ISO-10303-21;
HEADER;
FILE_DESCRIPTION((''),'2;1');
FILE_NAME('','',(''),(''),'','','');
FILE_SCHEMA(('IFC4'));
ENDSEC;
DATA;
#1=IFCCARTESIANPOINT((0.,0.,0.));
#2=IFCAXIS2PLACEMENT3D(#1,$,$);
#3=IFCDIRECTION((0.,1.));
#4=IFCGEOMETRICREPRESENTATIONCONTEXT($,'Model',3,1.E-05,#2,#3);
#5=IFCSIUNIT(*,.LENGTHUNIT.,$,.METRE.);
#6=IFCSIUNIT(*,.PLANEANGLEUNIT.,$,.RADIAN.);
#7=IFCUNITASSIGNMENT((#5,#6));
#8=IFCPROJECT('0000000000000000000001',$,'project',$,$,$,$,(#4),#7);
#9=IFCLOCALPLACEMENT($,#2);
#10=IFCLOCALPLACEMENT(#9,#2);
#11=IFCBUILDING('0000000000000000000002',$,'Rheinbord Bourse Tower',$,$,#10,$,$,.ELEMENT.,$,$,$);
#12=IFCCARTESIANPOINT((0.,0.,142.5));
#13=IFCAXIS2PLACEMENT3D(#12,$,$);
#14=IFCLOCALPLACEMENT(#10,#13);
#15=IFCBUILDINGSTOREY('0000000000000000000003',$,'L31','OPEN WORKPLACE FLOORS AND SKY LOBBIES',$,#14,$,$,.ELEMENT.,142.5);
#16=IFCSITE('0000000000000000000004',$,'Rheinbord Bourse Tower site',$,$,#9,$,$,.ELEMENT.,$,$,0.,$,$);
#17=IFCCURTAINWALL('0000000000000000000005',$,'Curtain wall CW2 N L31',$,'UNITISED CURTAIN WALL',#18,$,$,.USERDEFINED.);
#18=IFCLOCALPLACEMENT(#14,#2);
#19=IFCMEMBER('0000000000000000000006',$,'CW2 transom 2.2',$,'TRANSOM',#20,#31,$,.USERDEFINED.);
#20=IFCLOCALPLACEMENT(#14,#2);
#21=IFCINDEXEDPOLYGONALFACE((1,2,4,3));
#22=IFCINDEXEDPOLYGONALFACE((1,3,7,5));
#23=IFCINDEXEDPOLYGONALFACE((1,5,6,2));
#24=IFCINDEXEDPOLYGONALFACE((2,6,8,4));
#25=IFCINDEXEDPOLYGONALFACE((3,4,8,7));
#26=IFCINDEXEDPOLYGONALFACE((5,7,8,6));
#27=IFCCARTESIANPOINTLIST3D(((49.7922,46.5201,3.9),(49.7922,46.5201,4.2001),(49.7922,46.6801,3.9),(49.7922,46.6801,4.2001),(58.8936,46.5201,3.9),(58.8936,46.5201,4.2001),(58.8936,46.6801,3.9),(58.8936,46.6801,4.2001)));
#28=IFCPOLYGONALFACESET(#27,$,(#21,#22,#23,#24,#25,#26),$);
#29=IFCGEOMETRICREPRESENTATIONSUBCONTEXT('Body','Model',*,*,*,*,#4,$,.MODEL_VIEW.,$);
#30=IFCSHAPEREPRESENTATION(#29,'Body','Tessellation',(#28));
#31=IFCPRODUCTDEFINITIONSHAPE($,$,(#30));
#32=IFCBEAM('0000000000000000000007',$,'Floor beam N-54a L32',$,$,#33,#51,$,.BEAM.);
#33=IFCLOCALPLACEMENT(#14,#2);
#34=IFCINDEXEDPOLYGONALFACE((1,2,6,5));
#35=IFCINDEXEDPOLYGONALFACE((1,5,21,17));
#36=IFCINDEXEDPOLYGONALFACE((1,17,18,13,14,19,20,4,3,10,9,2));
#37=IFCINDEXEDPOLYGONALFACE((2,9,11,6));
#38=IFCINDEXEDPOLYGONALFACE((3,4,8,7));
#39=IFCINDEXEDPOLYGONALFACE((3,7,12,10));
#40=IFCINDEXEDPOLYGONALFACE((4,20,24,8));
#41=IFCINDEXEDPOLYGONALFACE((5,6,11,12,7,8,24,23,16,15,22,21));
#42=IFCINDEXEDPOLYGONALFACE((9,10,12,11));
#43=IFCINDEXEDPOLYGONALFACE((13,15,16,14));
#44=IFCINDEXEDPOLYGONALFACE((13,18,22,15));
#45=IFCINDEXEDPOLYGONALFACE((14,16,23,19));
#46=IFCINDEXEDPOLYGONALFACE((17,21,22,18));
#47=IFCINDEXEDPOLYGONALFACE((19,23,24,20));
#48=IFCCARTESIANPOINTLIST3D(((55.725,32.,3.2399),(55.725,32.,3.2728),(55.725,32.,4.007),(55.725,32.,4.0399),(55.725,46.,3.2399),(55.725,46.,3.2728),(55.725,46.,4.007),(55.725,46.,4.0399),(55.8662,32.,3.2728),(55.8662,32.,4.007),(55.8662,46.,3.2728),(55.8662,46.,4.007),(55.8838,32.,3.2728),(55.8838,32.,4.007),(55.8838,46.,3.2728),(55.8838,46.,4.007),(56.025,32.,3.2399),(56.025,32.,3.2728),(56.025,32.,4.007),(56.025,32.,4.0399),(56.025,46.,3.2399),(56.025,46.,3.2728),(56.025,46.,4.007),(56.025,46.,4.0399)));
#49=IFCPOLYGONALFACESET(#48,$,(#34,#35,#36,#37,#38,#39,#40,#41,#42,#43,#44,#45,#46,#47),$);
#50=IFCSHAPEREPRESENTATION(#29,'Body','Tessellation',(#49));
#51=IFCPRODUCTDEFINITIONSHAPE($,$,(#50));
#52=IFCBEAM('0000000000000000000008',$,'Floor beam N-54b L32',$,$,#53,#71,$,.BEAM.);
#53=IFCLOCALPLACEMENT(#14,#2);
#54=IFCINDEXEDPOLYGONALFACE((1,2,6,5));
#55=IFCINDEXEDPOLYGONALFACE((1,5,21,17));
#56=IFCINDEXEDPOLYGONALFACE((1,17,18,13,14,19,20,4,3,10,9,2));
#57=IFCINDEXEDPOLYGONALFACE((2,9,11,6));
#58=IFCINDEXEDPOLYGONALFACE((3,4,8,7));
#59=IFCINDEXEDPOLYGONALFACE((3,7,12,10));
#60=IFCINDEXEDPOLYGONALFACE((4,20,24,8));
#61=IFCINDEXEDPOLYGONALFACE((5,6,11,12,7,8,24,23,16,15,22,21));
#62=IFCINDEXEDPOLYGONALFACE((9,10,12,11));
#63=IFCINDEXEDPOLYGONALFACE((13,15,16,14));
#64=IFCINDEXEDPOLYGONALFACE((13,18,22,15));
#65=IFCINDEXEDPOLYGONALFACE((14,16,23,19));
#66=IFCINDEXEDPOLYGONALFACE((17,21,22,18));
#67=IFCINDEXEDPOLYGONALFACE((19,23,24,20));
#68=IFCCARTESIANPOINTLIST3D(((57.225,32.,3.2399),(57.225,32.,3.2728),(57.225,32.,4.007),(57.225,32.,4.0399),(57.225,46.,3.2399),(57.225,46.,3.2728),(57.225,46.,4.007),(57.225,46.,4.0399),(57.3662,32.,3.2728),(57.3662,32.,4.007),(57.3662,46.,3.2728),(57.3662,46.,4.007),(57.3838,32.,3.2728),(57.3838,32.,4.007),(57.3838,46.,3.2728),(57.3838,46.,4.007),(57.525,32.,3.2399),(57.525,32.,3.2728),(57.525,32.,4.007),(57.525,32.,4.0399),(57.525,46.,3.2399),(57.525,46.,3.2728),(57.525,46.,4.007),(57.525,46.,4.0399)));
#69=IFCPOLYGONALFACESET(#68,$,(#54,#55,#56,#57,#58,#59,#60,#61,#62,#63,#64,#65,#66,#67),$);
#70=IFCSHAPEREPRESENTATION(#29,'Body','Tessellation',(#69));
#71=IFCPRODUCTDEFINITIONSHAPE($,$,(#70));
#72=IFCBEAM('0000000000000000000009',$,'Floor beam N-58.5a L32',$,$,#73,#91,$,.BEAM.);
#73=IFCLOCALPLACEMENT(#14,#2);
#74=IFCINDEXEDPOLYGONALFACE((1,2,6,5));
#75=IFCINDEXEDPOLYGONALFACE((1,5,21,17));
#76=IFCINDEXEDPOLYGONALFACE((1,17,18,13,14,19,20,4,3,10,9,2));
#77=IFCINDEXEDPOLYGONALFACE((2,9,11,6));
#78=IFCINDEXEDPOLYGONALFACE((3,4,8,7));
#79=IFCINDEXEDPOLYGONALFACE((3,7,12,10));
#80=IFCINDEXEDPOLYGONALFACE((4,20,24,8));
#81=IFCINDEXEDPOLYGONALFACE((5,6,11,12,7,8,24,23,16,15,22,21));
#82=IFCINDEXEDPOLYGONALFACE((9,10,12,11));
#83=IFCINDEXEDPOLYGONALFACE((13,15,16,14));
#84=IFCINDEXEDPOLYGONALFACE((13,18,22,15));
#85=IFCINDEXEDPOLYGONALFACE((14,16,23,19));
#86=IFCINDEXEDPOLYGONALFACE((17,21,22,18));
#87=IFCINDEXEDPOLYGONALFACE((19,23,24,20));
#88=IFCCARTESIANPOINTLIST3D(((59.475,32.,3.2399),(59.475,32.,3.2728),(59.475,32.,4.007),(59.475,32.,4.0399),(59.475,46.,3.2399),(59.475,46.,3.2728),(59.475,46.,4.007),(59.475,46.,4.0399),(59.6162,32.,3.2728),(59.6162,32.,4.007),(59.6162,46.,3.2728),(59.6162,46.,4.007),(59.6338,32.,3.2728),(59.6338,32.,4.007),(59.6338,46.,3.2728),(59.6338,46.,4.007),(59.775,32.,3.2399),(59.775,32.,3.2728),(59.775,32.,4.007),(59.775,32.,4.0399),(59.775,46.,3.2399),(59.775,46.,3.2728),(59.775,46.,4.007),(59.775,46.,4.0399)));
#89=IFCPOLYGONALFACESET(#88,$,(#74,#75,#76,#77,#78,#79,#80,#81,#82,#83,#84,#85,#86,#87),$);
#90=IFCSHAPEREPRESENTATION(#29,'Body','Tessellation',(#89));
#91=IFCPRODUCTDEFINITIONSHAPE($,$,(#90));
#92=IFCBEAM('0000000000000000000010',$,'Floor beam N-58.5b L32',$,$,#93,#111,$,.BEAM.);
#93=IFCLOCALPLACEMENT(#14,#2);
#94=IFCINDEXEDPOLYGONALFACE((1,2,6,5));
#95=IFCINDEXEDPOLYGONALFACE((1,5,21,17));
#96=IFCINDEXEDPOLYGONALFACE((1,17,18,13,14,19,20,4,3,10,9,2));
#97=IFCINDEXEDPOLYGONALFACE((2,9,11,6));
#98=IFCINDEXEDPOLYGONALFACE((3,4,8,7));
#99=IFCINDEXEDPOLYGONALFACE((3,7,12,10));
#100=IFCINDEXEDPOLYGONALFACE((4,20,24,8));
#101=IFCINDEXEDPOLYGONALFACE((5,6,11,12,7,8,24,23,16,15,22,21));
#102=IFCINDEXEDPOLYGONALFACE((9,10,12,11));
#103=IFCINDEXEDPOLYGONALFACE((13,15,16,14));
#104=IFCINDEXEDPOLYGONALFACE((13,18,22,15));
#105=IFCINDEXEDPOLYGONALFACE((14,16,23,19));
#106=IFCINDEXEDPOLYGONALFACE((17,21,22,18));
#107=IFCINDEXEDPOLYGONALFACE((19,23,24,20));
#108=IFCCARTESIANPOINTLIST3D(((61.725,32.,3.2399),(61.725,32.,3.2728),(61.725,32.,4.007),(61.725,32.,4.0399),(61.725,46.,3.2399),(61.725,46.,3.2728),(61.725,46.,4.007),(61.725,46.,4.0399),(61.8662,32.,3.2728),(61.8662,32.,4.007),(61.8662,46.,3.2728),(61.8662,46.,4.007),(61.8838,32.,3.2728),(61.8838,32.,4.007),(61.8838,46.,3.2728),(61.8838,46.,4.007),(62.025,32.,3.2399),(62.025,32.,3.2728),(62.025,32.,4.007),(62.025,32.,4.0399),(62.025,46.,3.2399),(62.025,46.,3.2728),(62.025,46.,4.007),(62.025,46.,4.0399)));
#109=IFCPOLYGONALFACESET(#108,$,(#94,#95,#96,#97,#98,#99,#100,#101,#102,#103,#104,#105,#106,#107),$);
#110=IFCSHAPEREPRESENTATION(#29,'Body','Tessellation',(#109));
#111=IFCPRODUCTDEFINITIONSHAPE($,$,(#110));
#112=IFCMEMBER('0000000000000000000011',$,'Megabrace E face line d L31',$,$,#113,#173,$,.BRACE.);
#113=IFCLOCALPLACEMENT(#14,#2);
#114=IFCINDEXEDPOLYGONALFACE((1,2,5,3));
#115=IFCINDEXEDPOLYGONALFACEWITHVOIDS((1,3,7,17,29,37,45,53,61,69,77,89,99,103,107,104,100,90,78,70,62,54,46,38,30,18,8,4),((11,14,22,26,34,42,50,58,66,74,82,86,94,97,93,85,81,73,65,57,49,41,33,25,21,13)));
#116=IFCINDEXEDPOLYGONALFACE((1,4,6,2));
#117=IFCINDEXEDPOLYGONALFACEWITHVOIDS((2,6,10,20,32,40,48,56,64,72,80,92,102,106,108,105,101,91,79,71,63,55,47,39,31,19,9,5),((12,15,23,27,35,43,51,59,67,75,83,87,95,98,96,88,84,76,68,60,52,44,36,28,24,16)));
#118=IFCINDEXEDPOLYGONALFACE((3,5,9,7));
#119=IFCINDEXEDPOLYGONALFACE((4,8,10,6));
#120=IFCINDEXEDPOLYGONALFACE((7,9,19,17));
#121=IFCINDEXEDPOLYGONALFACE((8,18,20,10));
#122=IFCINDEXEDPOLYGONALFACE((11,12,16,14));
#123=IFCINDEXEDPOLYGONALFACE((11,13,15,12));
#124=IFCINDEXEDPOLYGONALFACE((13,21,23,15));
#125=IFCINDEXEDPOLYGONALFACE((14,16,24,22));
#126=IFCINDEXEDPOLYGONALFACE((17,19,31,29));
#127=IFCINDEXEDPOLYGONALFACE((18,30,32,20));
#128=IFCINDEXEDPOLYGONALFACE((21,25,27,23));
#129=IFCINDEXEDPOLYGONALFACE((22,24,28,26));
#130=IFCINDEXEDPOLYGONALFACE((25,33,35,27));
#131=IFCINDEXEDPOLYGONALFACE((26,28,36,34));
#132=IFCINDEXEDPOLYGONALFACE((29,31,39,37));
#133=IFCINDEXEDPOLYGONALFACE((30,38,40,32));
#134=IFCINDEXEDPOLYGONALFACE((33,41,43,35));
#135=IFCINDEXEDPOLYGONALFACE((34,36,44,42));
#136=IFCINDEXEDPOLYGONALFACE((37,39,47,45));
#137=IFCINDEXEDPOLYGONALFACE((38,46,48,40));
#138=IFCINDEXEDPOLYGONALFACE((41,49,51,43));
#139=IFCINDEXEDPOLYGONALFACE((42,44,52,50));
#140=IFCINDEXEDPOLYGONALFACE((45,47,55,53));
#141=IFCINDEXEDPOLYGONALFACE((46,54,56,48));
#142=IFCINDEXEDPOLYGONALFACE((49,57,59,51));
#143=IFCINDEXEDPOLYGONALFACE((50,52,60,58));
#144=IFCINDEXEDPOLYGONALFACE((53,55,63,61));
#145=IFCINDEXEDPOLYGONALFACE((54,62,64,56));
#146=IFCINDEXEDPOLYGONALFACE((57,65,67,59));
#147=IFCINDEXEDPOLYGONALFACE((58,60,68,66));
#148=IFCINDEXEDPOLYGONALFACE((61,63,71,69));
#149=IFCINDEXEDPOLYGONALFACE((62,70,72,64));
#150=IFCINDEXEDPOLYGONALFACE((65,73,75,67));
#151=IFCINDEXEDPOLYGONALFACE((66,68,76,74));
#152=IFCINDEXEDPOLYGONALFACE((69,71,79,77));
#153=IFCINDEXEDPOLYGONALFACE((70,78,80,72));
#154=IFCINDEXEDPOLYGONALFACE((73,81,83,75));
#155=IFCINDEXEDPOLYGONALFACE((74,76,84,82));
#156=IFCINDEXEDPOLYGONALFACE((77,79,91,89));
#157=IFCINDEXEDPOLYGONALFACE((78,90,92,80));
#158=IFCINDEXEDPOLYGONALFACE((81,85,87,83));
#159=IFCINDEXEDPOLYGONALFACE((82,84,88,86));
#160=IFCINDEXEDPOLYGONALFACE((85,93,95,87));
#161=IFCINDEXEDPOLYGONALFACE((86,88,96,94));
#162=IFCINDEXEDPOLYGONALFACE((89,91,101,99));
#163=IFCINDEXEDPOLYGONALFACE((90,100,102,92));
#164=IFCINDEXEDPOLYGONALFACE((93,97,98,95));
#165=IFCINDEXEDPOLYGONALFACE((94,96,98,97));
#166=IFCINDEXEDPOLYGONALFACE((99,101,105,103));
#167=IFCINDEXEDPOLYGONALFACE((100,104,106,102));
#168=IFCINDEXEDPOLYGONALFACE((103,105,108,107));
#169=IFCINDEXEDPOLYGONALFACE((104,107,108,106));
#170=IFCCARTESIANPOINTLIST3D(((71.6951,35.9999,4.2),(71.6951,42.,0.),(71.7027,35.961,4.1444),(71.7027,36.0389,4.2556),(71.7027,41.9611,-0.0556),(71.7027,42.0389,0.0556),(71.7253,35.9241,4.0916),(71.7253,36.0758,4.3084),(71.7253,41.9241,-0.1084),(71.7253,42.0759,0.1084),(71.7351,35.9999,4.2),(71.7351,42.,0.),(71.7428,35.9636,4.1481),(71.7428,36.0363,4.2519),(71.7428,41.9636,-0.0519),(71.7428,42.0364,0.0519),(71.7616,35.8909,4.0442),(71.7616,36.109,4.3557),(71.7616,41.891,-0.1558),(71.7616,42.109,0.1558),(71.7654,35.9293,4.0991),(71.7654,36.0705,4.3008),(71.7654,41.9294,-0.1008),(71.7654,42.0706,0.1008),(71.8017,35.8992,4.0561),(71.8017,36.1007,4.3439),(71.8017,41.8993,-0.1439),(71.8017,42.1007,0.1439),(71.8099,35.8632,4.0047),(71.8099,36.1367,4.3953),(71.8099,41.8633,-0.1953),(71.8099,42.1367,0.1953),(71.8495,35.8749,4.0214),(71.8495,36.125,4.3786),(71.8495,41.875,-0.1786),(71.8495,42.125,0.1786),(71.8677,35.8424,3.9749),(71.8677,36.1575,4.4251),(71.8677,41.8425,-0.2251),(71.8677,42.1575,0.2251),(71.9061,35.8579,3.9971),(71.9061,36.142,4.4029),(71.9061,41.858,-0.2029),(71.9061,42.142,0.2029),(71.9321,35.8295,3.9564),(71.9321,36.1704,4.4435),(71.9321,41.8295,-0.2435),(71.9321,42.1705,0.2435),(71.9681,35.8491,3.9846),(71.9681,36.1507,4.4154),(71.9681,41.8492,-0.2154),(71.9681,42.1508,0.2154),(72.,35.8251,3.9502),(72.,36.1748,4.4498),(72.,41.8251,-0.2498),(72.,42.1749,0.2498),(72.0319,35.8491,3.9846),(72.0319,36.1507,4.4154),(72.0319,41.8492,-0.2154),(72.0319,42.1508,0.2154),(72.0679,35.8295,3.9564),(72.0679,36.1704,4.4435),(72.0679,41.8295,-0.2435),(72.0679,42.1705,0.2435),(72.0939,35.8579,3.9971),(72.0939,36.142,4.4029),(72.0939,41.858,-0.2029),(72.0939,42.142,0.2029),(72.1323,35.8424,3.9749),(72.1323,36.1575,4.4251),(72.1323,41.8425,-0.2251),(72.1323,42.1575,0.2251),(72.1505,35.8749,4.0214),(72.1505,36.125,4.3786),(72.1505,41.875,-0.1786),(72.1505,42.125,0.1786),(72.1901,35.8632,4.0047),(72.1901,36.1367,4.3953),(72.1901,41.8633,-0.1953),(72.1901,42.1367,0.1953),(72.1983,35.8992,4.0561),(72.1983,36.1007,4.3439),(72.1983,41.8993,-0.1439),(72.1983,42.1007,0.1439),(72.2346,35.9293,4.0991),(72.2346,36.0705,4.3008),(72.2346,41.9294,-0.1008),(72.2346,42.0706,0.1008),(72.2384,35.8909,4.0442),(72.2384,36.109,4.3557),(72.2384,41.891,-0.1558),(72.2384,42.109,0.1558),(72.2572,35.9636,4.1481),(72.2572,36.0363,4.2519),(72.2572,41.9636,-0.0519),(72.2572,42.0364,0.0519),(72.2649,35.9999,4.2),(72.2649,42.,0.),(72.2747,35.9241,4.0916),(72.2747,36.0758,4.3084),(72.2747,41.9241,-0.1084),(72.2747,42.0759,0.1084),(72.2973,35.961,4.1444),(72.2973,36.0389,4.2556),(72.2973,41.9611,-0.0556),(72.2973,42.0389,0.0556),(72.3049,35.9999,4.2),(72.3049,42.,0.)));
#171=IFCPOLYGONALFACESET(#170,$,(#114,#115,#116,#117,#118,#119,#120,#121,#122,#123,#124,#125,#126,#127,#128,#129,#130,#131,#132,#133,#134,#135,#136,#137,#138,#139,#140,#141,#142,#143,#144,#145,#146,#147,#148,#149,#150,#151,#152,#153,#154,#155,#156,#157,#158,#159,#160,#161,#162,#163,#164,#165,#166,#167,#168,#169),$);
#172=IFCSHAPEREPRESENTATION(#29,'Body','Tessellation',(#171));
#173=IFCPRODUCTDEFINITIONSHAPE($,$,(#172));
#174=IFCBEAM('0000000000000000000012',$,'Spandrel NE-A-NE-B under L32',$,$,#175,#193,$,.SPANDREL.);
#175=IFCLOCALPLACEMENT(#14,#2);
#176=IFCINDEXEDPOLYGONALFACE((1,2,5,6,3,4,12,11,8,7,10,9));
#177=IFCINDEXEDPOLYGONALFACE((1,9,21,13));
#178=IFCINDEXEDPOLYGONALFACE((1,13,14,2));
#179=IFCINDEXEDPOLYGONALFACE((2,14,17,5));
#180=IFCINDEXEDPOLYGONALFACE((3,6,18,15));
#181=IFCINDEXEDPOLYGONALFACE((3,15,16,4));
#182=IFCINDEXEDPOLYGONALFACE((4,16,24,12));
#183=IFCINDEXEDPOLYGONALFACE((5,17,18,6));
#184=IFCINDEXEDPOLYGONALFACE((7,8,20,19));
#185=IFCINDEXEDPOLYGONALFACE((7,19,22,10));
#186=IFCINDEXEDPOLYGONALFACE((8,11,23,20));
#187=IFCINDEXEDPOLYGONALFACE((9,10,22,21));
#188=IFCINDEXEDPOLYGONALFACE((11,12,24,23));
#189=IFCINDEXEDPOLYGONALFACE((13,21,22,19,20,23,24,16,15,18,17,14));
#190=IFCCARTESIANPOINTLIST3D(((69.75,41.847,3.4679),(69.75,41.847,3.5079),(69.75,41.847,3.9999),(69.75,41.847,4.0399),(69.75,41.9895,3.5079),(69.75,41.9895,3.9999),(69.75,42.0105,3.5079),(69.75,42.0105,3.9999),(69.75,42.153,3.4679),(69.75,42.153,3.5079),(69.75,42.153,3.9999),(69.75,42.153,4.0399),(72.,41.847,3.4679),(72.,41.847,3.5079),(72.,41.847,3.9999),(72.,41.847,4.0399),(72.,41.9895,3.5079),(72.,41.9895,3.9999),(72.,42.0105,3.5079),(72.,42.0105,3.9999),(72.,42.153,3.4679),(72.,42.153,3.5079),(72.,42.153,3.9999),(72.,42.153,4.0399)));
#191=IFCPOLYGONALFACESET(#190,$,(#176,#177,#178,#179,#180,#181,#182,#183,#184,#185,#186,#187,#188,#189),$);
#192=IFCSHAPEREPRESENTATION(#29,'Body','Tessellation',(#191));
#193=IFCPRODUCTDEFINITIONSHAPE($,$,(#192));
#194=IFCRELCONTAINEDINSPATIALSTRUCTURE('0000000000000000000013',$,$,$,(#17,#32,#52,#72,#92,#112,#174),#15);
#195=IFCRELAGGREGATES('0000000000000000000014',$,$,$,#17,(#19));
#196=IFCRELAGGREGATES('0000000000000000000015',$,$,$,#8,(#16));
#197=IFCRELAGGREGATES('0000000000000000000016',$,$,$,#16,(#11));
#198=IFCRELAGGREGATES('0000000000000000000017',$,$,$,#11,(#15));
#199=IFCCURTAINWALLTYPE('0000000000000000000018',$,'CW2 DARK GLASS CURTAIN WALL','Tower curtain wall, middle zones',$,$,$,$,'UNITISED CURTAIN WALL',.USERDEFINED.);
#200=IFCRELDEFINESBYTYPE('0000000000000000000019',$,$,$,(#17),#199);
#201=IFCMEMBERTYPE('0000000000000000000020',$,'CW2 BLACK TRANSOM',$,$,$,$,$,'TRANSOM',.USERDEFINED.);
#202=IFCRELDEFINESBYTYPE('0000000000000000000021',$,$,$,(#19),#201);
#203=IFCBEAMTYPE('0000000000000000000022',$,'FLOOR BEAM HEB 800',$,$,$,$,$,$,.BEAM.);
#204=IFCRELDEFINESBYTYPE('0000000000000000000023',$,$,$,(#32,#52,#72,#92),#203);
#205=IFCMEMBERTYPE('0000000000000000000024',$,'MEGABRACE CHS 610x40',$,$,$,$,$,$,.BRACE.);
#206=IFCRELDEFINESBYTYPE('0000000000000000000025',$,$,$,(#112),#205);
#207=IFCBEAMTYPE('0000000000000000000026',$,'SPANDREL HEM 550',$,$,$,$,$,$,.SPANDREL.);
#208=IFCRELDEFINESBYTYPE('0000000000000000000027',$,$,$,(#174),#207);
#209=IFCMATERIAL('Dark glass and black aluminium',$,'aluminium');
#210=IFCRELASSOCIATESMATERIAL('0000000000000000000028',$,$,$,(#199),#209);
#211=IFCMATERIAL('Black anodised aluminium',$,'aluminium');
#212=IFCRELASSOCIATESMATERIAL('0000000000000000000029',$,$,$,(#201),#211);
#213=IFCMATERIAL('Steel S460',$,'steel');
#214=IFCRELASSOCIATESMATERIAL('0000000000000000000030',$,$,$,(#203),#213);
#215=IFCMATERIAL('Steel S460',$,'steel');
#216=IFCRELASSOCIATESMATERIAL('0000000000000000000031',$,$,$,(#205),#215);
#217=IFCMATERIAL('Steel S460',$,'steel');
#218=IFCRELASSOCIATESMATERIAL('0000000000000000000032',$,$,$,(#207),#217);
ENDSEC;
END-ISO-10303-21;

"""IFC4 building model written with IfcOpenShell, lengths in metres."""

from ifc_helpers import new_model, si_unit, direction, frame, origin, origin_2d, place, context, subcontext, project, spatial, rectangle, hollow_circle, i_section, extrude, material, material_profile, profile_set, type_object, element, aggregate, save


model = new_model("IFC4")

# Units and contexts
model_context = context("Model", 3, precision=1e-05, world=origin(), true_north=direction((0.0, 1.0)))
body_context = subcontext(model_context, "Body", "Model", "MODEL_VIEW")
ifc_project = project(units=[si_unit("LENGTHUNIT", "METRE"), si_unit("PLANEANGLEUNIT", "RADIAN")], contexts=[model_context])

# Site, building, storey
site_placement = place(None, origin())
site = spatial("IfcSite", under=ifc_project, at=site_placement, Name="Rheinbord Bourse Tower site", CompositionType="ELEMENT", RefElevation=0.0)
building_placement = place(site_placement, origin())
building = spatial("IfcBuilding", under=site, at=building_placement, Name="Rheinbord Bourse Tower", CompositionType="ELEMENT")
storey_placement = place(building_placement, frame((0.0, 0.0, 142.5)))
storey = spatial("IfcBuildingStorey", under=building, at=storey_placement, Name="L31", Description="OPEN WORKPLACE FLOORS AND SKY LOBBIES", CompositionType="ELEMENT", Elevation=142.5)

# Curtain wall, member
ifc_material_1 = material(Name="Dark glass and black aluminium", Category="aluminium")
curtain_wall_type = type_object("IfcCurtainWallType", Name="CW2 DARK GLASS CURTAIN WALL", Description="Tower curtain wall, middle zones", ElementType="UNITISED CURTAIN WALL", PredefinedType="USERDEFINED", material=ifc_material_1)
curtain_wall_1_placement = place(storey_placement, origin())
curtain_wall_1 = element("IfcCurtainWall", 1, at=curtain_wall_1_placement, inside=storey, type_object=curtain_wall_type, Name="Curtain wall CW2 N L31", ObjectType="UNITISED CURTAIN WALL", PredefinedType="USERDEFINED")
ifc_material_2 = material(Name="Black anodised aluminium", Category="aluminium")
ifc_material_profile_1 = material_profile(ifc_material_2, rectangle(XDim=0.1599, YDim=0.3, at=origin_2d()), Name="CW2 TRANSOM 300x160")
ifc_profile_set_1 = profile_set([ifc_material_profile_1], Name="Black anodised aluminium")
member_type_1 = type_object("IfcMemberType", Name="CW2 BLACK TRANSOM", ElementType="TRANSOM", PredefinedType="USERDEFINED", material=ifc_profile_set_1)
member_1_placement = place(storey_placement, frame((58.8936, 46.6001, 4.05), z_axis=(-1.0, 0.0, 0.0), x_axis=(0.0, -1.0, 0.0)))
member_1 = element("IfcMember", 2, at=member_1_placement, type_object=member_type_1, Name="CW2 transom 2.2", ObjectType="TRANSOM", PredefinedType="USERDEFINED", context=body_context, shape_type="SweptSolid", body=[
    extrude(rectangle(XDim=0.1599, YDim=0.3, at=origin_2d()), origin(), (0.0, 0.0, 1.0), 9.1013),
])

# Beams
ifc_material_3 = material(Name="Steel S460", Category="steel")
ifc_material_profile_2 = material_profile(ifc_material_3, i_section(OverallWidth=0.3, OverallDepth=0.8, WebThickness=0.0176, FlangeThickness=0.033, at=origin_2d()), Name="HEB 800")
ifc_profile_set_2 = profile_set([ifc_material_profile_2], Name="Steel S460")
beam_type_1 = type_object("IfcBeamType", Name="FLOOR BEAM HEB 800", PredefinedType="BEAM", material=ifc_profile_set_2)
for number, where, z_axis, x_axis, name in (
    (3, (55.875, 46.0, 3.6399), (0.0, -1.0, 0.0), (1.0, 0.0, 0.0), "Floor beam N-54a L32"),
    (4, (57.375, 46.0, 3.6399), (0.0, -1.0, 0.0), (1.0, 0.0, 0.0), "Floor beam N-54b L32"),
    (5, (59.625, 46.0, 3.6399), (0.0, -1.0, 0.0), (1.0, 0.0, 0.0), "Floor beam N-58.5a L32"),
    (6, (61.875, 46.0, 3.6399), (0.0, -1.0, 0.0), (1.0, 0.0, 0.0), "Floor beam N-58.5b L32"),
):
    element("IfcBeam", number, at=place(storey_placement, frame(where, z_axis=z_axis, x_axis=x_axis)), inside=storey, type_object=beam_type_1, Name=name, PredefinedType="BEAM", context=body_context, shape_type="SweptSolid", body=[
        extrude(i_section(OverallWidth=0.3, OverallDepth=0.8, WebThickness=0.0176, FlangeThickness=0.033, at=origin_2d()), origin(), (0.0, 0.0, 1.0), 14.0),
    ])

# Member
ifc_material_4 = material(Name="Steel S460", Category="steel")
ifc_material_profile_3 = material_profile(ifc_material_4, hollow_circle(Radius=0.3049, WallThickness=0.04, at=origin_2d()), Name="CHS 610x40")
ifc_profile_set_3 = profile_set([ifc_material_profile_3], Name="Steel S460")
member_type_2 = type_object("IfcMemberType", Name="MEGABRACE CHS 610x40", PredefinedType="BRACE", material=ifc_profile_set_3)
member_2_placement = place(storey_placement, frame((72.0, 42.0, 0.0), z_axis=(0.0, -0.819235, 0.573458), x_axis=(1.0, 0.0, 0.0)))
element("IfcMember", 7, at=member_2_placement, inside=storey, type_object=member_type_2, Name="Megabrace E face line d L31", PredefinedType="BRACE", context=body_context, shape_type="SweptSolid", body=[
    extrude(hollow_circle(Radius=0.3049, WallThickness=0.04, at=origin_2d()), origin(), (0.0, 0.0, 1.0), 7.324),
])

# Beam
ifc_material_5 = material(Name="Steel S460", Category="steel")
ifc_material_profile_4 = material_profile(ifc_material_5, i_section(OverallWidth=0.3059, OverallDepth=0.572, WebThickness=0.021, FlangeThickness=0.04, at=origin_2d()), Name="HEM 550")
ifc_profile_set_4 = profile_set([ifc_material_profile_4], Name="Steel S460")
beam_type_2 = type_object("IfcBeamType", Name="SPANDREL HEM 550", PredefinedType="SPANDREL", material=ifc_profile_set_4)
beam_1_placement = place(storey_placement, frame((72.0, 42.0, 3.7539), z_axis=(-1.0, 0.0, 0.0), x_axis=(0.0, -1.0, 0.0)))
element("IfcBeam", 8, at=beam_1_placement, inside=storey, type_object=beam_type_2, Name="Spandrel NE-A-NE-B under L32", PredefinedType="SPANDREL", context=body_context, shape_type="SweptSolid", body=[
    extrude(i_section(OverallWidth=0.3059, OverallDepth=0.572, WebThickness=0.021, FlangeThickness=0.04, at=origin_2d()), origin(), (0.0, 0.0, 1.0), 2.25),
])

aggregate(curtain_wall_1, [member_1])

save(model, "model.ifc")
